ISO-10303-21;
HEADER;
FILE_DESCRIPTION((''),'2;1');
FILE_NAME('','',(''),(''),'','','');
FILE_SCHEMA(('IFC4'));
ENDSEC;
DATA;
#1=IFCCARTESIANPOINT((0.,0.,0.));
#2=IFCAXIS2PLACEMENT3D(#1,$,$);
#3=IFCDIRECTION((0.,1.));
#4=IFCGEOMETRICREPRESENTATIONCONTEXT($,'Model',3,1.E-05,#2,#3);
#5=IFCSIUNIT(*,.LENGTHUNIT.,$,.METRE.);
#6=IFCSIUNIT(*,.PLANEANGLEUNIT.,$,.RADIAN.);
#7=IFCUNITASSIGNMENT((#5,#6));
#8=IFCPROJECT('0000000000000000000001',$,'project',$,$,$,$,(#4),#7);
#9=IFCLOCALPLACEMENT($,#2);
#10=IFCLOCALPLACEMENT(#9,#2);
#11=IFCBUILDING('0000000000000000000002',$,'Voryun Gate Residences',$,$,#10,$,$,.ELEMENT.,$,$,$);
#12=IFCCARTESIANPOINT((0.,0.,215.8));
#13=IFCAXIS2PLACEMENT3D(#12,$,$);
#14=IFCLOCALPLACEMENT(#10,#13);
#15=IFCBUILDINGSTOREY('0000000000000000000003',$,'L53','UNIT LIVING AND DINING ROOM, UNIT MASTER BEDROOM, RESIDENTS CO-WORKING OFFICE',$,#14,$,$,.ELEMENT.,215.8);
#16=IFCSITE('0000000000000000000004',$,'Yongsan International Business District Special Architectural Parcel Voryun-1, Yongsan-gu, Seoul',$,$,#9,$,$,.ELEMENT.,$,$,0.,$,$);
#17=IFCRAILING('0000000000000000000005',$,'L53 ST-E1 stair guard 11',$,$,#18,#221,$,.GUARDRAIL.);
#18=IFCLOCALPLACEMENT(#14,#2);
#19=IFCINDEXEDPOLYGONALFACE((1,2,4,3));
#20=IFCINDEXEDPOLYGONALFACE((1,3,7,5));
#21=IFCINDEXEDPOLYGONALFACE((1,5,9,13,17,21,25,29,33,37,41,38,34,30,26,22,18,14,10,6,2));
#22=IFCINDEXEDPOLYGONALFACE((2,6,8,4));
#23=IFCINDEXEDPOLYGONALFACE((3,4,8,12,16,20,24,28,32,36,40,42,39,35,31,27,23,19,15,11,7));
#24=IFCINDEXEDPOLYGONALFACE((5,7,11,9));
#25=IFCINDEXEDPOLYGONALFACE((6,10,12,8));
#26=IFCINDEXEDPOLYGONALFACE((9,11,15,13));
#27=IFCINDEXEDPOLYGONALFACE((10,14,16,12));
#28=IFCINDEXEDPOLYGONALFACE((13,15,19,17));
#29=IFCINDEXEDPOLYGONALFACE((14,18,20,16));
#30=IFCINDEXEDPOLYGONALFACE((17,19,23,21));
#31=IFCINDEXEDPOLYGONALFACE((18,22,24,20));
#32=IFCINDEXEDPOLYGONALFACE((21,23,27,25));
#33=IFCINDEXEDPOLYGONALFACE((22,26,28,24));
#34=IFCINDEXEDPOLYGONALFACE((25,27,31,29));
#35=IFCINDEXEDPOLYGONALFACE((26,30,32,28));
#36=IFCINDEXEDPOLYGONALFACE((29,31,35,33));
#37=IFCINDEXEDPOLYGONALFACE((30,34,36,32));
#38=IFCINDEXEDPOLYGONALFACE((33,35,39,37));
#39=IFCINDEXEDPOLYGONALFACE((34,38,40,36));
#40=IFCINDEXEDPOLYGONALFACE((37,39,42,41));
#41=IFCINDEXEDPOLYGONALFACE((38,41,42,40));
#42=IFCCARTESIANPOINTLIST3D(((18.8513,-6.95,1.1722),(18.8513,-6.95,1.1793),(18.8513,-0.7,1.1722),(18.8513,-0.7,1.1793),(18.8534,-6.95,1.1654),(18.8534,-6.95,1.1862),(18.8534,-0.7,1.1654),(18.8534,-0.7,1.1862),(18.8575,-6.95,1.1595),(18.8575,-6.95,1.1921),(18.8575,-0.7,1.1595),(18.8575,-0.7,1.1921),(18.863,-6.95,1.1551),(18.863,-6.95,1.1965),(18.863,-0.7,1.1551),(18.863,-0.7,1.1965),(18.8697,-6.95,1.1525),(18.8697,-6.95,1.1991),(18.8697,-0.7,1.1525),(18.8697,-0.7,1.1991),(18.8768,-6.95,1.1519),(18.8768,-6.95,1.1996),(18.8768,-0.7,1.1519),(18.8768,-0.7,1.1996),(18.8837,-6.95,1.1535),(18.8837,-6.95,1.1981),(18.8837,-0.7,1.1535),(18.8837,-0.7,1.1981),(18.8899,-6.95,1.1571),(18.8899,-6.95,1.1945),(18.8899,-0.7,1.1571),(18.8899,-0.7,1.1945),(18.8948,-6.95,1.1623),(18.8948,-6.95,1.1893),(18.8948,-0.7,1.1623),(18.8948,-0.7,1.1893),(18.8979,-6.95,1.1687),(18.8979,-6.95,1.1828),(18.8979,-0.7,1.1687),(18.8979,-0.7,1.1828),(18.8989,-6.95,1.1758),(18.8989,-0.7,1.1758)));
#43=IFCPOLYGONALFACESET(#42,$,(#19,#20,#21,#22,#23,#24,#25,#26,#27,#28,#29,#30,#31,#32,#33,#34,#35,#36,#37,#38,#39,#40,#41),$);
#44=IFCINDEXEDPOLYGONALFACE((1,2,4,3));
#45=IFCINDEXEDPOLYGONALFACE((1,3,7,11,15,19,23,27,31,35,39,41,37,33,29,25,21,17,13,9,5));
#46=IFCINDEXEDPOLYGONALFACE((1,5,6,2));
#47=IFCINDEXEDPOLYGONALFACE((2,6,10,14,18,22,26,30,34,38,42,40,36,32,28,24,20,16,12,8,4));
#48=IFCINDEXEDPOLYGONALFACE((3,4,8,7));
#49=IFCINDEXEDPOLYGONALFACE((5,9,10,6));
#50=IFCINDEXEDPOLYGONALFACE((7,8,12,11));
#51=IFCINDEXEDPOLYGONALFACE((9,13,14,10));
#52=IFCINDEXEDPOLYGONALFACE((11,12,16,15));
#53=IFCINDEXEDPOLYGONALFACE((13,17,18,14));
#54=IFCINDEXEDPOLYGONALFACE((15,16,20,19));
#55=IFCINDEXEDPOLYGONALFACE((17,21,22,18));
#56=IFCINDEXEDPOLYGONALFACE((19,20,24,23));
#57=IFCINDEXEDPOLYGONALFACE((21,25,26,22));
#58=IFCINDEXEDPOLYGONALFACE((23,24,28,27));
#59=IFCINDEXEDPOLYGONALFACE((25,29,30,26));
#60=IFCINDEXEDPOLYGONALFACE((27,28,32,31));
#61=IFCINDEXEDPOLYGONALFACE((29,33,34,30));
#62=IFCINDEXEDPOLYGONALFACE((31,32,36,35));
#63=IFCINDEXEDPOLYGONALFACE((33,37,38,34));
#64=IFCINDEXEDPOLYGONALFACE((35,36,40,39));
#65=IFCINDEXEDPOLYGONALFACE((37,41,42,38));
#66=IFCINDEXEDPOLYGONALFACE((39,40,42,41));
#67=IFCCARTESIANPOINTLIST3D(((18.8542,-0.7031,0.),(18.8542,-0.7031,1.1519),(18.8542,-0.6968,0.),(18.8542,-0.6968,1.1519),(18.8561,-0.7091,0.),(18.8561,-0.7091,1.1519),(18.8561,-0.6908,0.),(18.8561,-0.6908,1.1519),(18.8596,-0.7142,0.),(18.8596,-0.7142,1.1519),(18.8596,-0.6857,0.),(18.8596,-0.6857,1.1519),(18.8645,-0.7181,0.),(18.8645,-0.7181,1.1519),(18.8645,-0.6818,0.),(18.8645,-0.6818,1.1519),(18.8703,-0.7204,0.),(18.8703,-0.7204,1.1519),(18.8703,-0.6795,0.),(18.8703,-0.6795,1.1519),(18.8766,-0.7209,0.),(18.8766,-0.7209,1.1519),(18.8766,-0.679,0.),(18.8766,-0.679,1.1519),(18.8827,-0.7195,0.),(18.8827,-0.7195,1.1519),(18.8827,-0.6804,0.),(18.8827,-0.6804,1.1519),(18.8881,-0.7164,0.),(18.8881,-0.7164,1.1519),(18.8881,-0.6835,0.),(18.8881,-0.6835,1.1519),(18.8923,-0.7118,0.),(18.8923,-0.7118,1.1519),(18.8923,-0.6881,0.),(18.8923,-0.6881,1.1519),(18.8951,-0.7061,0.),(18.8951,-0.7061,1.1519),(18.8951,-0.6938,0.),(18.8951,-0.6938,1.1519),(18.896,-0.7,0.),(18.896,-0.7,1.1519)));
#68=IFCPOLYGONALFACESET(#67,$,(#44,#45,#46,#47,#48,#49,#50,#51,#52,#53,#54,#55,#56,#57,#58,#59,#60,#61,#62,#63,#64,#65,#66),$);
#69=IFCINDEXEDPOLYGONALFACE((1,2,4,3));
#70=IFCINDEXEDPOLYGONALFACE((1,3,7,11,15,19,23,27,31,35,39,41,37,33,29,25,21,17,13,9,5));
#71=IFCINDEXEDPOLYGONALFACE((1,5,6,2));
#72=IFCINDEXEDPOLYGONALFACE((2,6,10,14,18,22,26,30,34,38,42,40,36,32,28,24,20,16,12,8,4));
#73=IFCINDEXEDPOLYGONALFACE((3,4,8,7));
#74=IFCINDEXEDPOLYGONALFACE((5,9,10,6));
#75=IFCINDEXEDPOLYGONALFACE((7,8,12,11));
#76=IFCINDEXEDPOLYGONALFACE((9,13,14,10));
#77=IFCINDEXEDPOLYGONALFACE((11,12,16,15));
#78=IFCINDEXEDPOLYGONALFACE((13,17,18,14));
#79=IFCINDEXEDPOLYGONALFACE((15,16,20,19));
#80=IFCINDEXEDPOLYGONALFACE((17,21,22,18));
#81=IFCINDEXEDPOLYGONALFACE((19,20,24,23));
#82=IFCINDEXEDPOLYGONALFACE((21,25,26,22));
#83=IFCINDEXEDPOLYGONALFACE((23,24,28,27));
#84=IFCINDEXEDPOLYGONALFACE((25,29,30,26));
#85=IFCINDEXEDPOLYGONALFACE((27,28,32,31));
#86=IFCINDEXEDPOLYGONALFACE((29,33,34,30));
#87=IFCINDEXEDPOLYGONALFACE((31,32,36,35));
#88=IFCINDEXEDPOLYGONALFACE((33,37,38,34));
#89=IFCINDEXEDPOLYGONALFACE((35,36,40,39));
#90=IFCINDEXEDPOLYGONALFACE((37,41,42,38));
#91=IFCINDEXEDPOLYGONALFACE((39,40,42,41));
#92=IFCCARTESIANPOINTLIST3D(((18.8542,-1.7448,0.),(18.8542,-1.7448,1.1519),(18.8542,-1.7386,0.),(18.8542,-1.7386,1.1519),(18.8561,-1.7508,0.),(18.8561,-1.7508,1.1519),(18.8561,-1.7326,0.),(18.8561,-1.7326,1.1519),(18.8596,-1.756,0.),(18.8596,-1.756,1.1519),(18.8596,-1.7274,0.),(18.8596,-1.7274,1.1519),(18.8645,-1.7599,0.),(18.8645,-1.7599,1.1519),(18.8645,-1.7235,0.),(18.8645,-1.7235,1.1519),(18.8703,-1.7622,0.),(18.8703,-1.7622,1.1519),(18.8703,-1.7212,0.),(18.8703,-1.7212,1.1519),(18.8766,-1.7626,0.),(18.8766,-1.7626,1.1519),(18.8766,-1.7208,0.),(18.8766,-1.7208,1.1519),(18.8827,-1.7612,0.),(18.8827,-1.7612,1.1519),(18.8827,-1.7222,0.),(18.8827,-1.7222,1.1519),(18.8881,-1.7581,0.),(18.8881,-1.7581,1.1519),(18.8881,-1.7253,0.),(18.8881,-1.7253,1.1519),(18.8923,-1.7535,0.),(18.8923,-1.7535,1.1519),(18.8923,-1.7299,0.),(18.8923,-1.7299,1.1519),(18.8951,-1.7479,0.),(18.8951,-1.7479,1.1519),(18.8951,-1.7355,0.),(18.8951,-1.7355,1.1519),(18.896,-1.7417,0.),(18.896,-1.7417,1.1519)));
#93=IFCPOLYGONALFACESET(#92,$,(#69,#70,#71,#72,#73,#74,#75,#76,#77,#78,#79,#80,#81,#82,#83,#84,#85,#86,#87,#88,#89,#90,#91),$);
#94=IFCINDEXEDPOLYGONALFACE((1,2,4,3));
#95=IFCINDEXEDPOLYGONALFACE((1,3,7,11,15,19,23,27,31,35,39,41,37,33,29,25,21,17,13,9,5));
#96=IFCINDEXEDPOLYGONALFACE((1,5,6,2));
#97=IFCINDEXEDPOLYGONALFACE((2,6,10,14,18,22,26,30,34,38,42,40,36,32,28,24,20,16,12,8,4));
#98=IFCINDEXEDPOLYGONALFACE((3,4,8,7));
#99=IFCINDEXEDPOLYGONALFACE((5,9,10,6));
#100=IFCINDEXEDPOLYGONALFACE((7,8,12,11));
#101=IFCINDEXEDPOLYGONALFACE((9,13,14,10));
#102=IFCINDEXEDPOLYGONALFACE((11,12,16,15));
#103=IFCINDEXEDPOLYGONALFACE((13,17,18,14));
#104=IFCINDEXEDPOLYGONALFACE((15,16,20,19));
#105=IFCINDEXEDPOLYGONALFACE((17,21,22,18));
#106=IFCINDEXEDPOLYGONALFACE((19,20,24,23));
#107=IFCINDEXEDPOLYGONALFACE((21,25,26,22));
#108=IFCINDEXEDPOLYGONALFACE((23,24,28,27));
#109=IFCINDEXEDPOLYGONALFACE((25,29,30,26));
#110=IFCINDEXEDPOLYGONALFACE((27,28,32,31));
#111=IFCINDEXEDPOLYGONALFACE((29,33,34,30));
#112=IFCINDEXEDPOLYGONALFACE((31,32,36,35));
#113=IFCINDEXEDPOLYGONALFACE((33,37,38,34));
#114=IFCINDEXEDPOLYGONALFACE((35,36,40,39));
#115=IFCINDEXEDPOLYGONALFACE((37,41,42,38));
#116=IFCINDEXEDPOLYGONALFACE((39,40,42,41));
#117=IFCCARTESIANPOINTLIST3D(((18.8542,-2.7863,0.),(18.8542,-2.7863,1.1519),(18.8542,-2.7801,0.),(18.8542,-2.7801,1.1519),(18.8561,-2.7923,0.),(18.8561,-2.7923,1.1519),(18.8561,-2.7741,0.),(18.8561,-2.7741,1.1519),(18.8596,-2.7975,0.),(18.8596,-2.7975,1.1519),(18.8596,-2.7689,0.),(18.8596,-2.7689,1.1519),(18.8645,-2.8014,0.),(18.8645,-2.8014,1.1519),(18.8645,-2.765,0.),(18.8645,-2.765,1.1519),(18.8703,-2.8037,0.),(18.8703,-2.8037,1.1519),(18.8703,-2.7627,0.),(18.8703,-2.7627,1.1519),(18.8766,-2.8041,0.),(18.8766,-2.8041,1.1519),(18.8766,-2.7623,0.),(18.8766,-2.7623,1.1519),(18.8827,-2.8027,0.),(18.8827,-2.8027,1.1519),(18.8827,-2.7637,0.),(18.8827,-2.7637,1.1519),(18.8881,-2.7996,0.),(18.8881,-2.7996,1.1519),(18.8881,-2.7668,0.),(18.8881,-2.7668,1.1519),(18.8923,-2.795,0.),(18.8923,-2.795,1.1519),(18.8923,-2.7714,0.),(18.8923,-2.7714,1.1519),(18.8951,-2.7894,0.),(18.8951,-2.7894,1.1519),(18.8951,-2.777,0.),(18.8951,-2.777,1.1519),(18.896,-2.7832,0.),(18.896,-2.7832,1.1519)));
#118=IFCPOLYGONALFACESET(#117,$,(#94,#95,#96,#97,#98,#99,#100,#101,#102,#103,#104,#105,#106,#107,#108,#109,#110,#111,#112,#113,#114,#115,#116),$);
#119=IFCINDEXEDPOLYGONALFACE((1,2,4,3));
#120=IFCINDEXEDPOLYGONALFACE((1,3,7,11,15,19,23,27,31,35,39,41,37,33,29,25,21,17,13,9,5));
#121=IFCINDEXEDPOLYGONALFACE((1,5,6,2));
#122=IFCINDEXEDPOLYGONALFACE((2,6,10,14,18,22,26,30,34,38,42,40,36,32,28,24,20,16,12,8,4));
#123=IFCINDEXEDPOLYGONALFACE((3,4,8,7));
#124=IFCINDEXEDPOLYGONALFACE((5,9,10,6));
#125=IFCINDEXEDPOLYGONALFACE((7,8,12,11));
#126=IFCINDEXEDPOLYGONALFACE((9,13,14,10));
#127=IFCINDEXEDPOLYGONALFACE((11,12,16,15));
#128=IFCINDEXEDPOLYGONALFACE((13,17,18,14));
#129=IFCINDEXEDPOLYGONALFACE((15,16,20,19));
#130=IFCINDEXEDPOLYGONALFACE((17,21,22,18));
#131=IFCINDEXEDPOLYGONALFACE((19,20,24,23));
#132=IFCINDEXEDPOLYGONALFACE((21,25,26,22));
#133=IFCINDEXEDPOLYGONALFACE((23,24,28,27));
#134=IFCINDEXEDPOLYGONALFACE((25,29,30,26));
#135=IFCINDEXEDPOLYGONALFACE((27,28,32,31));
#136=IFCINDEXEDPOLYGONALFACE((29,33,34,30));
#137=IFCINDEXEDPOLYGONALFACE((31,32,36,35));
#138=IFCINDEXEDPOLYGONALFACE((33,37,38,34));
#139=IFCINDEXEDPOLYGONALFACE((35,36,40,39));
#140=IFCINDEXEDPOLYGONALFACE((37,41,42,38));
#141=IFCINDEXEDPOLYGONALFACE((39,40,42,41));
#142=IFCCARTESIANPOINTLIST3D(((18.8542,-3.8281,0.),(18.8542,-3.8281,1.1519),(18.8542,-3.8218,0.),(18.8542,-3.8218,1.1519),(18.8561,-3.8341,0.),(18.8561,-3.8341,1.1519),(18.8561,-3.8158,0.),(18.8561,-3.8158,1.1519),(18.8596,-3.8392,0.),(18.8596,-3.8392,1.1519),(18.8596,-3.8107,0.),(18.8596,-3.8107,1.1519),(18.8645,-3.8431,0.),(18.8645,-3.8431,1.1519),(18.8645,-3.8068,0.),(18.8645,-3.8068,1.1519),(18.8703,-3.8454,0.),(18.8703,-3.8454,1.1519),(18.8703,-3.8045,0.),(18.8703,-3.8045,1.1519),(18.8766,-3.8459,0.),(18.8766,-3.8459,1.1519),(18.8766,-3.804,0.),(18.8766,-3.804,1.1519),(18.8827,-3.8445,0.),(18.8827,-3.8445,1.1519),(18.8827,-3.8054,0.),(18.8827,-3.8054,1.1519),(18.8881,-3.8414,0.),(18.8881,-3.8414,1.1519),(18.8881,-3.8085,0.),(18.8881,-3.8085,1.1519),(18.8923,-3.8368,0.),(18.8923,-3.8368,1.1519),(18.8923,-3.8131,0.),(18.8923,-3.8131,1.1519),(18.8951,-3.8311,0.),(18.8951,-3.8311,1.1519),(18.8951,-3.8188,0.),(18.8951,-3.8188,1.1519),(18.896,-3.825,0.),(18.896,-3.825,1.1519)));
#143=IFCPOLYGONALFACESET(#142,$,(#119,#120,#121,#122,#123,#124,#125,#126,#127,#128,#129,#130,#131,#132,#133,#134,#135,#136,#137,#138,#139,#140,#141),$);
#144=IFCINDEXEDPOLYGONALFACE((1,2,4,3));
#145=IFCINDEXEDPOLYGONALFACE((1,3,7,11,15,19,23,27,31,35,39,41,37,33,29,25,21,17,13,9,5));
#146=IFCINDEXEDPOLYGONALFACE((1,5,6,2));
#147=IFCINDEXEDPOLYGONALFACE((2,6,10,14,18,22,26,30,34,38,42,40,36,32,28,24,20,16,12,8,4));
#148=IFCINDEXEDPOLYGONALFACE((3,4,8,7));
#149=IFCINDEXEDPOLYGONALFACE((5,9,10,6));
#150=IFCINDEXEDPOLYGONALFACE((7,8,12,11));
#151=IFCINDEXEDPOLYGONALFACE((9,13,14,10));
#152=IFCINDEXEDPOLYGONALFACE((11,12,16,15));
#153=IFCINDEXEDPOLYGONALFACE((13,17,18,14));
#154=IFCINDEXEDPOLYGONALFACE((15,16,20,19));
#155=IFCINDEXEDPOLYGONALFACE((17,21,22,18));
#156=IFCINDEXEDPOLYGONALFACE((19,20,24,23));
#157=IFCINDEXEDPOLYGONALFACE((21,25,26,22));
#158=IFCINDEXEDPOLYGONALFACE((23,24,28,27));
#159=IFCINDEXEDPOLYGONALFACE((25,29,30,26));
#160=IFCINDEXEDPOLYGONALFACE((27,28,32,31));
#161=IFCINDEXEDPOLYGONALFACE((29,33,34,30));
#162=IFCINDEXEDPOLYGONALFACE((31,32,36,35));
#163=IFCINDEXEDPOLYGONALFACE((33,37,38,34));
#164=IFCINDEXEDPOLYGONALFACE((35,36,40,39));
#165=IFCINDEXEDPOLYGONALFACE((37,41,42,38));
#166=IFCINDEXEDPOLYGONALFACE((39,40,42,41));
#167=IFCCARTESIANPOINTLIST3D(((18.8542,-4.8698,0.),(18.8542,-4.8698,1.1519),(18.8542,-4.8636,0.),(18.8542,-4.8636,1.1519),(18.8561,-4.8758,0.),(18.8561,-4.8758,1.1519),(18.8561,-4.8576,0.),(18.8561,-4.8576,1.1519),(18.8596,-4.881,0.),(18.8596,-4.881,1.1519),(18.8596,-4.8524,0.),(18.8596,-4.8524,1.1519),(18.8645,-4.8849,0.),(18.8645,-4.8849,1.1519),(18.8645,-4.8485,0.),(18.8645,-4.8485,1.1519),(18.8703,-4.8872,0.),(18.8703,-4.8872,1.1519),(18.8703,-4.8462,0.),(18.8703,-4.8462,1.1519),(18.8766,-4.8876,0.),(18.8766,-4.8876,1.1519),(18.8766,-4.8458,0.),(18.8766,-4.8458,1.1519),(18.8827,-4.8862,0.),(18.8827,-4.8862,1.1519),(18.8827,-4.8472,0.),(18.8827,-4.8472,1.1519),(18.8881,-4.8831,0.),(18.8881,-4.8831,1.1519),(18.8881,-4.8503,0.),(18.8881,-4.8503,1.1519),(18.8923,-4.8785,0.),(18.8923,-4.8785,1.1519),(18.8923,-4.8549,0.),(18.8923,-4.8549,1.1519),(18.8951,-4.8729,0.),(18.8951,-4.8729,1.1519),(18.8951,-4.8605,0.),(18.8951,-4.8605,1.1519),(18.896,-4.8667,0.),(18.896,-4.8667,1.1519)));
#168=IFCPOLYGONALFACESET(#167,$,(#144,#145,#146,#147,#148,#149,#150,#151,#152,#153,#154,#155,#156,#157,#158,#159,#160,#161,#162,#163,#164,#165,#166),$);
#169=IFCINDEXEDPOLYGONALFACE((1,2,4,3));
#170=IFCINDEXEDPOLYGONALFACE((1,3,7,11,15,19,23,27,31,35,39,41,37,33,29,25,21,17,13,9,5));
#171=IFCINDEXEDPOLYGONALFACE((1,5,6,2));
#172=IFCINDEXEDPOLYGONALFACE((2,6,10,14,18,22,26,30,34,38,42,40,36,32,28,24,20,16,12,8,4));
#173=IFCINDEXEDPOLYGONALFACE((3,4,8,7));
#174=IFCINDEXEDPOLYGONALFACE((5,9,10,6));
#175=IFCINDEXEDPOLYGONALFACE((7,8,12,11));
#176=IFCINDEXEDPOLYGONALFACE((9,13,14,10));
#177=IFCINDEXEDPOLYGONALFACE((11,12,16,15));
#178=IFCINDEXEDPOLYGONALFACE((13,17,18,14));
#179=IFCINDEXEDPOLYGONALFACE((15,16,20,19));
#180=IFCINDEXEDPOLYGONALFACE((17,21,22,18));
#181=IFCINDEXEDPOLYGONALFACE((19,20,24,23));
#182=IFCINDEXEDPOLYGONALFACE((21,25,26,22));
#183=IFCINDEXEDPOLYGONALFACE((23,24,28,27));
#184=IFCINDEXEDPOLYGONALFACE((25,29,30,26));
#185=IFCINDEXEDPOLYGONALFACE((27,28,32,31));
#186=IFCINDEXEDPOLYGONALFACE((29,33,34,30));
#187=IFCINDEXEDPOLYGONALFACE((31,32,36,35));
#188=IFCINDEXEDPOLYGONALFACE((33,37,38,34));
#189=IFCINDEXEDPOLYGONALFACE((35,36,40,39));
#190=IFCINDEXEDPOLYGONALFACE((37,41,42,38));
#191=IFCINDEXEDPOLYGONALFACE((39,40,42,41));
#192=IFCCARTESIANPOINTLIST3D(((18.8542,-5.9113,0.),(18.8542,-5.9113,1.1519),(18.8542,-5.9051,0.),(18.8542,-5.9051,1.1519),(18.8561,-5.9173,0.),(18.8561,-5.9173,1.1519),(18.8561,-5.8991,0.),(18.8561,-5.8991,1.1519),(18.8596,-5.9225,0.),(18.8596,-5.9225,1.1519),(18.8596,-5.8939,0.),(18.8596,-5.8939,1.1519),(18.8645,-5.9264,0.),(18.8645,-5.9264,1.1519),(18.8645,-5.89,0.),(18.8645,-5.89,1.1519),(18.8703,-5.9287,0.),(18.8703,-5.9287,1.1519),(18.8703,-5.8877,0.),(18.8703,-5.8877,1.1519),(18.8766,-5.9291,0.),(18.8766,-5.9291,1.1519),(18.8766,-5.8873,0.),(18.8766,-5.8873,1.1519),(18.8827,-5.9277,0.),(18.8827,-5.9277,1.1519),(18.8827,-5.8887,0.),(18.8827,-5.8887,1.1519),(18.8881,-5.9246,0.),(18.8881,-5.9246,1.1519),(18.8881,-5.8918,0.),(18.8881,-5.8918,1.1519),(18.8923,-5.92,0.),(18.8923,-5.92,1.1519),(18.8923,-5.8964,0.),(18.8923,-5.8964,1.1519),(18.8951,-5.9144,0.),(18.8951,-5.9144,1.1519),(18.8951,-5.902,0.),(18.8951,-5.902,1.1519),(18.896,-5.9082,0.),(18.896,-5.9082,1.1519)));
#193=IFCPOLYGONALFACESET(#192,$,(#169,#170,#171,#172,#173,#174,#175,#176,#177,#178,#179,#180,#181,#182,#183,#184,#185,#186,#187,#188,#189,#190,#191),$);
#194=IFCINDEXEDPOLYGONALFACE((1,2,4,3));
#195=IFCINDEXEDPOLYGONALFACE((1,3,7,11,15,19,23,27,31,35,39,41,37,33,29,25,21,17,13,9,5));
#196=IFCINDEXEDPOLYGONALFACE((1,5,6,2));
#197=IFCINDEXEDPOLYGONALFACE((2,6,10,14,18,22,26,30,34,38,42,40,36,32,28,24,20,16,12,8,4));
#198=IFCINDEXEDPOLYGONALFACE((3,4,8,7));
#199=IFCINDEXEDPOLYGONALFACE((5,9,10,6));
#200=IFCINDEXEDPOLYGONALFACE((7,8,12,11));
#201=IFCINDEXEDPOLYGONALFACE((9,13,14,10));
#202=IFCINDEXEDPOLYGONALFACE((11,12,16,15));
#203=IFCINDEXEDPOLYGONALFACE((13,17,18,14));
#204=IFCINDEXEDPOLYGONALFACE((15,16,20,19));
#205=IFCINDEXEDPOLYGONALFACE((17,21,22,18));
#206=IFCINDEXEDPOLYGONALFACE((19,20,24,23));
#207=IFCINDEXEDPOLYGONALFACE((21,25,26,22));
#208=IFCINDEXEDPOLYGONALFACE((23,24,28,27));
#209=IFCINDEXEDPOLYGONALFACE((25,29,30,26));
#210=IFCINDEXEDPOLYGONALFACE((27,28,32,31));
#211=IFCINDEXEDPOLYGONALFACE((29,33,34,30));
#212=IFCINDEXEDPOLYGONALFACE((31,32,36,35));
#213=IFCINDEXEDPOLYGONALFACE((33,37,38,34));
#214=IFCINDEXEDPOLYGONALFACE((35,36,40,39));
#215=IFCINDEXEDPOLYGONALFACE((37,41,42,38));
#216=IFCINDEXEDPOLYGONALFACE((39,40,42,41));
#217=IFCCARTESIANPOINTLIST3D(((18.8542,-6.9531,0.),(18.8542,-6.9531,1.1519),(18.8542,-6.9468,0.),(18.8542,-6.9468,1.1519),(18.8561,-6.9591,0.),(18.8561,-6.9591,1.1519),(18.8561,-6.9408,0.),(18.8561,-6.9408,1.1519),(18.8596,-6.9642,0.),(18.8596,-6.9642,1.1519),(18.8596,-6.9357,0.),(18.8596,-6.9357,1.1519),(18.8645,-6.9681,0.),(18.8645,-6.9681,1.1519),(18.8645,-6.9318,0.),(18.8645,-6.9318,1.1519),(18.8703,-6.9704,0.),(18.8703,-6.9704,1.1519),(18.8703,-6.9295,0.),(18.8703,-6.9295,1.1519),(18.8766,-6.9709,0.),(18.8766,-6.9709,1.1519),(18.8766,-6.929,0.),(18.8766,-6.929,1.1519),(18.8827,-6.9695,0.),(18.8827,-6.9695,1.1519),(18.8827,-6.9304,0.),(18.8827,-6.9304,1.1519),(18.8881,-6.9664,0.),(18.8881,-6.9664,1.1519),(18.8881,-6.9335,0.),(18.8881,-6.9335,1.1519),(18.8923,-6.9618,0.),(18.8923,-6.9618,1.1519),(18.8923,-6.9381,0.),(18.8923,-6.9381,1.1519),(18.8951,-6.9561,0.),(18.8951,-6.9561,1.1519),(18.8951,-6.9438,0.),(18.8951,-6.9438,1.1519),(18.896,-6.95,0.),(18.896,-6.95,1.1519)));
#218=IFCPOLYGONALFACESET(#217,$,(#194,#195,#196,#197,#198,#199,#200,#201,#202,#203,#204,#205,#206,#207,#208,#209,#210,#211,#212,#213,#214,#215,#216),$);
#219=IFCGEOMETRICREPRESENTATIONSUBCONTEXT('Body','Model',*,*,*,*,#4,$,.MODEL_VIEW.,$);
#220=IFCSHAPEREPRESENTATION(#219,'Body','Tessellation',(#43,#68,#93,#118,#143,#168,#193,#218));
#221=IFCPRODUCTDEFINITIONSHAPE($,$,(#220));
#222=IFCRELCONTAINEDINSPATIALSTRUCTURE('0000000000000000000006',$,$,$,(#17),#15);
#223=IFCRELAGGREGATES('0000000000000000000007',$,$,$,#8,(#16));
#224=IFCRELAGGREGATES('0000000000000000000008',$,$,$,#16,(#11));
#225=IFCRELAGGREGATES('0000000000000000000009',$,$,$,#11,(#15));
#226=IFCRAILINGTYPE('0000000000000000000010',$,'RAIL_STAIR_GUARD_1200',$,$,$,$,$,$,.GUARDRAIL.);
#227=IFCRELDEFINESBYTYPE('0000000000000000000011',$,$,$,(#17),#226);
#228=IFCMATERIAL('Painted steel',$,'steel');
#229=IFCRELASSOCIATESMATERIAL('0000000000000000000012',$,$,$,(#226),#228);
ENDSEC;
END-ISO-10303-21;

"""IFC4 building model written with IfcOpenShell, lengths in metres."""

from ifc_helpers import new_model, si_unit, direction, frame, origin, origin_2d, place, context, subcontext, project, spatial, circle, extrude, material, type_object, element, save


model = new_model("IFC4")

# Units and contexts
model_context = context("Model", 3, precision=1e-05, world=origin(), true_north=direction((0.0, 1.0)))
body_context = subcontext(model_context, "Body", "Model", "MODEL_VIEW")
ifc_project = project(units=[si_unit("LENGTHUNIT", "METRE"), si_unit("PLANEANGLEUNIT", "RADIAN")], contexts=[model_context])

# Site, building, storey
site_placement = place(None, origin())
site = spatial("IfcSite", under=ifc_project, at=site_placement, Name="Yongsan International Business District Special Architectural Parcel Voryun-1, Yongsan-gu, Seoul", CompositionType="ELEMENT", RefElevation=0.0)
building_placement = place(site_placement, origin())
building = spatial("IfcBuilding", under=site, at=building_placement, Name="Voryun Gate Residences", CompositionType="ELEMENT")
storey_placement = place(building_placement, frame((0.0, 0.0, 215.8)))
storey = spatial("IfcBuildingStorey", under=building, at=storey_placement, Name="L53", Description="UNIT LIVING AND DINING ROOM, UNIT MASTER BEDROOM, RESIDENTS CO-WORKING OFFICE", CompositionType="ELEMENT", Elevation=215.8)

# Railing
ifc_material_1 = material(Name="Painted steel", Category="steel")
railing_type = type_object("IfcRailingType", Name="RAIL_STAIR_GUARD_1200", PredefinedType="GUARDRAIL", material=ifc_material_1)
railing_1_placement = place(storey_placement, frame((18.875, -0.7, 0.0)))
element("IfcRailing", 1, at=railing_1_placement, inside=storey, type_object=railing_type, Name="L53 ST-E1 stair guard 11", PredefinedType="GUARDRAIL", context=body_context, shape_type="SweptSolid", body=[
    extrude(circle(Radius=0.0239, at=origin_2d()), frame((0.0, 0.0, 1.1758), z_axis=(0.0, -1.0, 0.0), x_axis=(1.0, 0.0, 0.0)), (0.0, 0.0, 1.0), 6.25),
    extrude(circle(Radius=0.021, at=origin_2d()), origin(), (0.0, 0.0, 1.0), 1.1519),
    extrude(circle(Radius=0.021, at=origin_2d()), frame((0.0, -1.0417, 0.0)), (0.0, 0.0, 1.0), 1.1519),
    extrude(circle(Radius=0.021, at=origin_2d()), frame((0.0, -2.0833, 0.0)), (0.0, 0.0, 1.0), 1.1519),
    extrude(circle(Radius=0.021, at=origin_2d()), frame((0.0, -3.125, 0.0)), (0.0, 0.0, 1.0), 1.1519),
    extrude(circle(Radius=0.021, at=origin_2d()), frame((0.0, -4.1667, 0.0)), (0.0, 0.0, 1.0), 1.1519),
    extrude(circle(Radius=0.021, at=origin_2d()), frame((0.0, -5.2083, 0.0)), (0.0, 0.0, 1.0), 1.1519),
    extrude(circle(Radius=0.021, at=origin_2d()), frame((0.0, -6.25, 0.0)), (0.0, 0.0, 1.0), 1.1519),
])

save(model, "model.ifc")
